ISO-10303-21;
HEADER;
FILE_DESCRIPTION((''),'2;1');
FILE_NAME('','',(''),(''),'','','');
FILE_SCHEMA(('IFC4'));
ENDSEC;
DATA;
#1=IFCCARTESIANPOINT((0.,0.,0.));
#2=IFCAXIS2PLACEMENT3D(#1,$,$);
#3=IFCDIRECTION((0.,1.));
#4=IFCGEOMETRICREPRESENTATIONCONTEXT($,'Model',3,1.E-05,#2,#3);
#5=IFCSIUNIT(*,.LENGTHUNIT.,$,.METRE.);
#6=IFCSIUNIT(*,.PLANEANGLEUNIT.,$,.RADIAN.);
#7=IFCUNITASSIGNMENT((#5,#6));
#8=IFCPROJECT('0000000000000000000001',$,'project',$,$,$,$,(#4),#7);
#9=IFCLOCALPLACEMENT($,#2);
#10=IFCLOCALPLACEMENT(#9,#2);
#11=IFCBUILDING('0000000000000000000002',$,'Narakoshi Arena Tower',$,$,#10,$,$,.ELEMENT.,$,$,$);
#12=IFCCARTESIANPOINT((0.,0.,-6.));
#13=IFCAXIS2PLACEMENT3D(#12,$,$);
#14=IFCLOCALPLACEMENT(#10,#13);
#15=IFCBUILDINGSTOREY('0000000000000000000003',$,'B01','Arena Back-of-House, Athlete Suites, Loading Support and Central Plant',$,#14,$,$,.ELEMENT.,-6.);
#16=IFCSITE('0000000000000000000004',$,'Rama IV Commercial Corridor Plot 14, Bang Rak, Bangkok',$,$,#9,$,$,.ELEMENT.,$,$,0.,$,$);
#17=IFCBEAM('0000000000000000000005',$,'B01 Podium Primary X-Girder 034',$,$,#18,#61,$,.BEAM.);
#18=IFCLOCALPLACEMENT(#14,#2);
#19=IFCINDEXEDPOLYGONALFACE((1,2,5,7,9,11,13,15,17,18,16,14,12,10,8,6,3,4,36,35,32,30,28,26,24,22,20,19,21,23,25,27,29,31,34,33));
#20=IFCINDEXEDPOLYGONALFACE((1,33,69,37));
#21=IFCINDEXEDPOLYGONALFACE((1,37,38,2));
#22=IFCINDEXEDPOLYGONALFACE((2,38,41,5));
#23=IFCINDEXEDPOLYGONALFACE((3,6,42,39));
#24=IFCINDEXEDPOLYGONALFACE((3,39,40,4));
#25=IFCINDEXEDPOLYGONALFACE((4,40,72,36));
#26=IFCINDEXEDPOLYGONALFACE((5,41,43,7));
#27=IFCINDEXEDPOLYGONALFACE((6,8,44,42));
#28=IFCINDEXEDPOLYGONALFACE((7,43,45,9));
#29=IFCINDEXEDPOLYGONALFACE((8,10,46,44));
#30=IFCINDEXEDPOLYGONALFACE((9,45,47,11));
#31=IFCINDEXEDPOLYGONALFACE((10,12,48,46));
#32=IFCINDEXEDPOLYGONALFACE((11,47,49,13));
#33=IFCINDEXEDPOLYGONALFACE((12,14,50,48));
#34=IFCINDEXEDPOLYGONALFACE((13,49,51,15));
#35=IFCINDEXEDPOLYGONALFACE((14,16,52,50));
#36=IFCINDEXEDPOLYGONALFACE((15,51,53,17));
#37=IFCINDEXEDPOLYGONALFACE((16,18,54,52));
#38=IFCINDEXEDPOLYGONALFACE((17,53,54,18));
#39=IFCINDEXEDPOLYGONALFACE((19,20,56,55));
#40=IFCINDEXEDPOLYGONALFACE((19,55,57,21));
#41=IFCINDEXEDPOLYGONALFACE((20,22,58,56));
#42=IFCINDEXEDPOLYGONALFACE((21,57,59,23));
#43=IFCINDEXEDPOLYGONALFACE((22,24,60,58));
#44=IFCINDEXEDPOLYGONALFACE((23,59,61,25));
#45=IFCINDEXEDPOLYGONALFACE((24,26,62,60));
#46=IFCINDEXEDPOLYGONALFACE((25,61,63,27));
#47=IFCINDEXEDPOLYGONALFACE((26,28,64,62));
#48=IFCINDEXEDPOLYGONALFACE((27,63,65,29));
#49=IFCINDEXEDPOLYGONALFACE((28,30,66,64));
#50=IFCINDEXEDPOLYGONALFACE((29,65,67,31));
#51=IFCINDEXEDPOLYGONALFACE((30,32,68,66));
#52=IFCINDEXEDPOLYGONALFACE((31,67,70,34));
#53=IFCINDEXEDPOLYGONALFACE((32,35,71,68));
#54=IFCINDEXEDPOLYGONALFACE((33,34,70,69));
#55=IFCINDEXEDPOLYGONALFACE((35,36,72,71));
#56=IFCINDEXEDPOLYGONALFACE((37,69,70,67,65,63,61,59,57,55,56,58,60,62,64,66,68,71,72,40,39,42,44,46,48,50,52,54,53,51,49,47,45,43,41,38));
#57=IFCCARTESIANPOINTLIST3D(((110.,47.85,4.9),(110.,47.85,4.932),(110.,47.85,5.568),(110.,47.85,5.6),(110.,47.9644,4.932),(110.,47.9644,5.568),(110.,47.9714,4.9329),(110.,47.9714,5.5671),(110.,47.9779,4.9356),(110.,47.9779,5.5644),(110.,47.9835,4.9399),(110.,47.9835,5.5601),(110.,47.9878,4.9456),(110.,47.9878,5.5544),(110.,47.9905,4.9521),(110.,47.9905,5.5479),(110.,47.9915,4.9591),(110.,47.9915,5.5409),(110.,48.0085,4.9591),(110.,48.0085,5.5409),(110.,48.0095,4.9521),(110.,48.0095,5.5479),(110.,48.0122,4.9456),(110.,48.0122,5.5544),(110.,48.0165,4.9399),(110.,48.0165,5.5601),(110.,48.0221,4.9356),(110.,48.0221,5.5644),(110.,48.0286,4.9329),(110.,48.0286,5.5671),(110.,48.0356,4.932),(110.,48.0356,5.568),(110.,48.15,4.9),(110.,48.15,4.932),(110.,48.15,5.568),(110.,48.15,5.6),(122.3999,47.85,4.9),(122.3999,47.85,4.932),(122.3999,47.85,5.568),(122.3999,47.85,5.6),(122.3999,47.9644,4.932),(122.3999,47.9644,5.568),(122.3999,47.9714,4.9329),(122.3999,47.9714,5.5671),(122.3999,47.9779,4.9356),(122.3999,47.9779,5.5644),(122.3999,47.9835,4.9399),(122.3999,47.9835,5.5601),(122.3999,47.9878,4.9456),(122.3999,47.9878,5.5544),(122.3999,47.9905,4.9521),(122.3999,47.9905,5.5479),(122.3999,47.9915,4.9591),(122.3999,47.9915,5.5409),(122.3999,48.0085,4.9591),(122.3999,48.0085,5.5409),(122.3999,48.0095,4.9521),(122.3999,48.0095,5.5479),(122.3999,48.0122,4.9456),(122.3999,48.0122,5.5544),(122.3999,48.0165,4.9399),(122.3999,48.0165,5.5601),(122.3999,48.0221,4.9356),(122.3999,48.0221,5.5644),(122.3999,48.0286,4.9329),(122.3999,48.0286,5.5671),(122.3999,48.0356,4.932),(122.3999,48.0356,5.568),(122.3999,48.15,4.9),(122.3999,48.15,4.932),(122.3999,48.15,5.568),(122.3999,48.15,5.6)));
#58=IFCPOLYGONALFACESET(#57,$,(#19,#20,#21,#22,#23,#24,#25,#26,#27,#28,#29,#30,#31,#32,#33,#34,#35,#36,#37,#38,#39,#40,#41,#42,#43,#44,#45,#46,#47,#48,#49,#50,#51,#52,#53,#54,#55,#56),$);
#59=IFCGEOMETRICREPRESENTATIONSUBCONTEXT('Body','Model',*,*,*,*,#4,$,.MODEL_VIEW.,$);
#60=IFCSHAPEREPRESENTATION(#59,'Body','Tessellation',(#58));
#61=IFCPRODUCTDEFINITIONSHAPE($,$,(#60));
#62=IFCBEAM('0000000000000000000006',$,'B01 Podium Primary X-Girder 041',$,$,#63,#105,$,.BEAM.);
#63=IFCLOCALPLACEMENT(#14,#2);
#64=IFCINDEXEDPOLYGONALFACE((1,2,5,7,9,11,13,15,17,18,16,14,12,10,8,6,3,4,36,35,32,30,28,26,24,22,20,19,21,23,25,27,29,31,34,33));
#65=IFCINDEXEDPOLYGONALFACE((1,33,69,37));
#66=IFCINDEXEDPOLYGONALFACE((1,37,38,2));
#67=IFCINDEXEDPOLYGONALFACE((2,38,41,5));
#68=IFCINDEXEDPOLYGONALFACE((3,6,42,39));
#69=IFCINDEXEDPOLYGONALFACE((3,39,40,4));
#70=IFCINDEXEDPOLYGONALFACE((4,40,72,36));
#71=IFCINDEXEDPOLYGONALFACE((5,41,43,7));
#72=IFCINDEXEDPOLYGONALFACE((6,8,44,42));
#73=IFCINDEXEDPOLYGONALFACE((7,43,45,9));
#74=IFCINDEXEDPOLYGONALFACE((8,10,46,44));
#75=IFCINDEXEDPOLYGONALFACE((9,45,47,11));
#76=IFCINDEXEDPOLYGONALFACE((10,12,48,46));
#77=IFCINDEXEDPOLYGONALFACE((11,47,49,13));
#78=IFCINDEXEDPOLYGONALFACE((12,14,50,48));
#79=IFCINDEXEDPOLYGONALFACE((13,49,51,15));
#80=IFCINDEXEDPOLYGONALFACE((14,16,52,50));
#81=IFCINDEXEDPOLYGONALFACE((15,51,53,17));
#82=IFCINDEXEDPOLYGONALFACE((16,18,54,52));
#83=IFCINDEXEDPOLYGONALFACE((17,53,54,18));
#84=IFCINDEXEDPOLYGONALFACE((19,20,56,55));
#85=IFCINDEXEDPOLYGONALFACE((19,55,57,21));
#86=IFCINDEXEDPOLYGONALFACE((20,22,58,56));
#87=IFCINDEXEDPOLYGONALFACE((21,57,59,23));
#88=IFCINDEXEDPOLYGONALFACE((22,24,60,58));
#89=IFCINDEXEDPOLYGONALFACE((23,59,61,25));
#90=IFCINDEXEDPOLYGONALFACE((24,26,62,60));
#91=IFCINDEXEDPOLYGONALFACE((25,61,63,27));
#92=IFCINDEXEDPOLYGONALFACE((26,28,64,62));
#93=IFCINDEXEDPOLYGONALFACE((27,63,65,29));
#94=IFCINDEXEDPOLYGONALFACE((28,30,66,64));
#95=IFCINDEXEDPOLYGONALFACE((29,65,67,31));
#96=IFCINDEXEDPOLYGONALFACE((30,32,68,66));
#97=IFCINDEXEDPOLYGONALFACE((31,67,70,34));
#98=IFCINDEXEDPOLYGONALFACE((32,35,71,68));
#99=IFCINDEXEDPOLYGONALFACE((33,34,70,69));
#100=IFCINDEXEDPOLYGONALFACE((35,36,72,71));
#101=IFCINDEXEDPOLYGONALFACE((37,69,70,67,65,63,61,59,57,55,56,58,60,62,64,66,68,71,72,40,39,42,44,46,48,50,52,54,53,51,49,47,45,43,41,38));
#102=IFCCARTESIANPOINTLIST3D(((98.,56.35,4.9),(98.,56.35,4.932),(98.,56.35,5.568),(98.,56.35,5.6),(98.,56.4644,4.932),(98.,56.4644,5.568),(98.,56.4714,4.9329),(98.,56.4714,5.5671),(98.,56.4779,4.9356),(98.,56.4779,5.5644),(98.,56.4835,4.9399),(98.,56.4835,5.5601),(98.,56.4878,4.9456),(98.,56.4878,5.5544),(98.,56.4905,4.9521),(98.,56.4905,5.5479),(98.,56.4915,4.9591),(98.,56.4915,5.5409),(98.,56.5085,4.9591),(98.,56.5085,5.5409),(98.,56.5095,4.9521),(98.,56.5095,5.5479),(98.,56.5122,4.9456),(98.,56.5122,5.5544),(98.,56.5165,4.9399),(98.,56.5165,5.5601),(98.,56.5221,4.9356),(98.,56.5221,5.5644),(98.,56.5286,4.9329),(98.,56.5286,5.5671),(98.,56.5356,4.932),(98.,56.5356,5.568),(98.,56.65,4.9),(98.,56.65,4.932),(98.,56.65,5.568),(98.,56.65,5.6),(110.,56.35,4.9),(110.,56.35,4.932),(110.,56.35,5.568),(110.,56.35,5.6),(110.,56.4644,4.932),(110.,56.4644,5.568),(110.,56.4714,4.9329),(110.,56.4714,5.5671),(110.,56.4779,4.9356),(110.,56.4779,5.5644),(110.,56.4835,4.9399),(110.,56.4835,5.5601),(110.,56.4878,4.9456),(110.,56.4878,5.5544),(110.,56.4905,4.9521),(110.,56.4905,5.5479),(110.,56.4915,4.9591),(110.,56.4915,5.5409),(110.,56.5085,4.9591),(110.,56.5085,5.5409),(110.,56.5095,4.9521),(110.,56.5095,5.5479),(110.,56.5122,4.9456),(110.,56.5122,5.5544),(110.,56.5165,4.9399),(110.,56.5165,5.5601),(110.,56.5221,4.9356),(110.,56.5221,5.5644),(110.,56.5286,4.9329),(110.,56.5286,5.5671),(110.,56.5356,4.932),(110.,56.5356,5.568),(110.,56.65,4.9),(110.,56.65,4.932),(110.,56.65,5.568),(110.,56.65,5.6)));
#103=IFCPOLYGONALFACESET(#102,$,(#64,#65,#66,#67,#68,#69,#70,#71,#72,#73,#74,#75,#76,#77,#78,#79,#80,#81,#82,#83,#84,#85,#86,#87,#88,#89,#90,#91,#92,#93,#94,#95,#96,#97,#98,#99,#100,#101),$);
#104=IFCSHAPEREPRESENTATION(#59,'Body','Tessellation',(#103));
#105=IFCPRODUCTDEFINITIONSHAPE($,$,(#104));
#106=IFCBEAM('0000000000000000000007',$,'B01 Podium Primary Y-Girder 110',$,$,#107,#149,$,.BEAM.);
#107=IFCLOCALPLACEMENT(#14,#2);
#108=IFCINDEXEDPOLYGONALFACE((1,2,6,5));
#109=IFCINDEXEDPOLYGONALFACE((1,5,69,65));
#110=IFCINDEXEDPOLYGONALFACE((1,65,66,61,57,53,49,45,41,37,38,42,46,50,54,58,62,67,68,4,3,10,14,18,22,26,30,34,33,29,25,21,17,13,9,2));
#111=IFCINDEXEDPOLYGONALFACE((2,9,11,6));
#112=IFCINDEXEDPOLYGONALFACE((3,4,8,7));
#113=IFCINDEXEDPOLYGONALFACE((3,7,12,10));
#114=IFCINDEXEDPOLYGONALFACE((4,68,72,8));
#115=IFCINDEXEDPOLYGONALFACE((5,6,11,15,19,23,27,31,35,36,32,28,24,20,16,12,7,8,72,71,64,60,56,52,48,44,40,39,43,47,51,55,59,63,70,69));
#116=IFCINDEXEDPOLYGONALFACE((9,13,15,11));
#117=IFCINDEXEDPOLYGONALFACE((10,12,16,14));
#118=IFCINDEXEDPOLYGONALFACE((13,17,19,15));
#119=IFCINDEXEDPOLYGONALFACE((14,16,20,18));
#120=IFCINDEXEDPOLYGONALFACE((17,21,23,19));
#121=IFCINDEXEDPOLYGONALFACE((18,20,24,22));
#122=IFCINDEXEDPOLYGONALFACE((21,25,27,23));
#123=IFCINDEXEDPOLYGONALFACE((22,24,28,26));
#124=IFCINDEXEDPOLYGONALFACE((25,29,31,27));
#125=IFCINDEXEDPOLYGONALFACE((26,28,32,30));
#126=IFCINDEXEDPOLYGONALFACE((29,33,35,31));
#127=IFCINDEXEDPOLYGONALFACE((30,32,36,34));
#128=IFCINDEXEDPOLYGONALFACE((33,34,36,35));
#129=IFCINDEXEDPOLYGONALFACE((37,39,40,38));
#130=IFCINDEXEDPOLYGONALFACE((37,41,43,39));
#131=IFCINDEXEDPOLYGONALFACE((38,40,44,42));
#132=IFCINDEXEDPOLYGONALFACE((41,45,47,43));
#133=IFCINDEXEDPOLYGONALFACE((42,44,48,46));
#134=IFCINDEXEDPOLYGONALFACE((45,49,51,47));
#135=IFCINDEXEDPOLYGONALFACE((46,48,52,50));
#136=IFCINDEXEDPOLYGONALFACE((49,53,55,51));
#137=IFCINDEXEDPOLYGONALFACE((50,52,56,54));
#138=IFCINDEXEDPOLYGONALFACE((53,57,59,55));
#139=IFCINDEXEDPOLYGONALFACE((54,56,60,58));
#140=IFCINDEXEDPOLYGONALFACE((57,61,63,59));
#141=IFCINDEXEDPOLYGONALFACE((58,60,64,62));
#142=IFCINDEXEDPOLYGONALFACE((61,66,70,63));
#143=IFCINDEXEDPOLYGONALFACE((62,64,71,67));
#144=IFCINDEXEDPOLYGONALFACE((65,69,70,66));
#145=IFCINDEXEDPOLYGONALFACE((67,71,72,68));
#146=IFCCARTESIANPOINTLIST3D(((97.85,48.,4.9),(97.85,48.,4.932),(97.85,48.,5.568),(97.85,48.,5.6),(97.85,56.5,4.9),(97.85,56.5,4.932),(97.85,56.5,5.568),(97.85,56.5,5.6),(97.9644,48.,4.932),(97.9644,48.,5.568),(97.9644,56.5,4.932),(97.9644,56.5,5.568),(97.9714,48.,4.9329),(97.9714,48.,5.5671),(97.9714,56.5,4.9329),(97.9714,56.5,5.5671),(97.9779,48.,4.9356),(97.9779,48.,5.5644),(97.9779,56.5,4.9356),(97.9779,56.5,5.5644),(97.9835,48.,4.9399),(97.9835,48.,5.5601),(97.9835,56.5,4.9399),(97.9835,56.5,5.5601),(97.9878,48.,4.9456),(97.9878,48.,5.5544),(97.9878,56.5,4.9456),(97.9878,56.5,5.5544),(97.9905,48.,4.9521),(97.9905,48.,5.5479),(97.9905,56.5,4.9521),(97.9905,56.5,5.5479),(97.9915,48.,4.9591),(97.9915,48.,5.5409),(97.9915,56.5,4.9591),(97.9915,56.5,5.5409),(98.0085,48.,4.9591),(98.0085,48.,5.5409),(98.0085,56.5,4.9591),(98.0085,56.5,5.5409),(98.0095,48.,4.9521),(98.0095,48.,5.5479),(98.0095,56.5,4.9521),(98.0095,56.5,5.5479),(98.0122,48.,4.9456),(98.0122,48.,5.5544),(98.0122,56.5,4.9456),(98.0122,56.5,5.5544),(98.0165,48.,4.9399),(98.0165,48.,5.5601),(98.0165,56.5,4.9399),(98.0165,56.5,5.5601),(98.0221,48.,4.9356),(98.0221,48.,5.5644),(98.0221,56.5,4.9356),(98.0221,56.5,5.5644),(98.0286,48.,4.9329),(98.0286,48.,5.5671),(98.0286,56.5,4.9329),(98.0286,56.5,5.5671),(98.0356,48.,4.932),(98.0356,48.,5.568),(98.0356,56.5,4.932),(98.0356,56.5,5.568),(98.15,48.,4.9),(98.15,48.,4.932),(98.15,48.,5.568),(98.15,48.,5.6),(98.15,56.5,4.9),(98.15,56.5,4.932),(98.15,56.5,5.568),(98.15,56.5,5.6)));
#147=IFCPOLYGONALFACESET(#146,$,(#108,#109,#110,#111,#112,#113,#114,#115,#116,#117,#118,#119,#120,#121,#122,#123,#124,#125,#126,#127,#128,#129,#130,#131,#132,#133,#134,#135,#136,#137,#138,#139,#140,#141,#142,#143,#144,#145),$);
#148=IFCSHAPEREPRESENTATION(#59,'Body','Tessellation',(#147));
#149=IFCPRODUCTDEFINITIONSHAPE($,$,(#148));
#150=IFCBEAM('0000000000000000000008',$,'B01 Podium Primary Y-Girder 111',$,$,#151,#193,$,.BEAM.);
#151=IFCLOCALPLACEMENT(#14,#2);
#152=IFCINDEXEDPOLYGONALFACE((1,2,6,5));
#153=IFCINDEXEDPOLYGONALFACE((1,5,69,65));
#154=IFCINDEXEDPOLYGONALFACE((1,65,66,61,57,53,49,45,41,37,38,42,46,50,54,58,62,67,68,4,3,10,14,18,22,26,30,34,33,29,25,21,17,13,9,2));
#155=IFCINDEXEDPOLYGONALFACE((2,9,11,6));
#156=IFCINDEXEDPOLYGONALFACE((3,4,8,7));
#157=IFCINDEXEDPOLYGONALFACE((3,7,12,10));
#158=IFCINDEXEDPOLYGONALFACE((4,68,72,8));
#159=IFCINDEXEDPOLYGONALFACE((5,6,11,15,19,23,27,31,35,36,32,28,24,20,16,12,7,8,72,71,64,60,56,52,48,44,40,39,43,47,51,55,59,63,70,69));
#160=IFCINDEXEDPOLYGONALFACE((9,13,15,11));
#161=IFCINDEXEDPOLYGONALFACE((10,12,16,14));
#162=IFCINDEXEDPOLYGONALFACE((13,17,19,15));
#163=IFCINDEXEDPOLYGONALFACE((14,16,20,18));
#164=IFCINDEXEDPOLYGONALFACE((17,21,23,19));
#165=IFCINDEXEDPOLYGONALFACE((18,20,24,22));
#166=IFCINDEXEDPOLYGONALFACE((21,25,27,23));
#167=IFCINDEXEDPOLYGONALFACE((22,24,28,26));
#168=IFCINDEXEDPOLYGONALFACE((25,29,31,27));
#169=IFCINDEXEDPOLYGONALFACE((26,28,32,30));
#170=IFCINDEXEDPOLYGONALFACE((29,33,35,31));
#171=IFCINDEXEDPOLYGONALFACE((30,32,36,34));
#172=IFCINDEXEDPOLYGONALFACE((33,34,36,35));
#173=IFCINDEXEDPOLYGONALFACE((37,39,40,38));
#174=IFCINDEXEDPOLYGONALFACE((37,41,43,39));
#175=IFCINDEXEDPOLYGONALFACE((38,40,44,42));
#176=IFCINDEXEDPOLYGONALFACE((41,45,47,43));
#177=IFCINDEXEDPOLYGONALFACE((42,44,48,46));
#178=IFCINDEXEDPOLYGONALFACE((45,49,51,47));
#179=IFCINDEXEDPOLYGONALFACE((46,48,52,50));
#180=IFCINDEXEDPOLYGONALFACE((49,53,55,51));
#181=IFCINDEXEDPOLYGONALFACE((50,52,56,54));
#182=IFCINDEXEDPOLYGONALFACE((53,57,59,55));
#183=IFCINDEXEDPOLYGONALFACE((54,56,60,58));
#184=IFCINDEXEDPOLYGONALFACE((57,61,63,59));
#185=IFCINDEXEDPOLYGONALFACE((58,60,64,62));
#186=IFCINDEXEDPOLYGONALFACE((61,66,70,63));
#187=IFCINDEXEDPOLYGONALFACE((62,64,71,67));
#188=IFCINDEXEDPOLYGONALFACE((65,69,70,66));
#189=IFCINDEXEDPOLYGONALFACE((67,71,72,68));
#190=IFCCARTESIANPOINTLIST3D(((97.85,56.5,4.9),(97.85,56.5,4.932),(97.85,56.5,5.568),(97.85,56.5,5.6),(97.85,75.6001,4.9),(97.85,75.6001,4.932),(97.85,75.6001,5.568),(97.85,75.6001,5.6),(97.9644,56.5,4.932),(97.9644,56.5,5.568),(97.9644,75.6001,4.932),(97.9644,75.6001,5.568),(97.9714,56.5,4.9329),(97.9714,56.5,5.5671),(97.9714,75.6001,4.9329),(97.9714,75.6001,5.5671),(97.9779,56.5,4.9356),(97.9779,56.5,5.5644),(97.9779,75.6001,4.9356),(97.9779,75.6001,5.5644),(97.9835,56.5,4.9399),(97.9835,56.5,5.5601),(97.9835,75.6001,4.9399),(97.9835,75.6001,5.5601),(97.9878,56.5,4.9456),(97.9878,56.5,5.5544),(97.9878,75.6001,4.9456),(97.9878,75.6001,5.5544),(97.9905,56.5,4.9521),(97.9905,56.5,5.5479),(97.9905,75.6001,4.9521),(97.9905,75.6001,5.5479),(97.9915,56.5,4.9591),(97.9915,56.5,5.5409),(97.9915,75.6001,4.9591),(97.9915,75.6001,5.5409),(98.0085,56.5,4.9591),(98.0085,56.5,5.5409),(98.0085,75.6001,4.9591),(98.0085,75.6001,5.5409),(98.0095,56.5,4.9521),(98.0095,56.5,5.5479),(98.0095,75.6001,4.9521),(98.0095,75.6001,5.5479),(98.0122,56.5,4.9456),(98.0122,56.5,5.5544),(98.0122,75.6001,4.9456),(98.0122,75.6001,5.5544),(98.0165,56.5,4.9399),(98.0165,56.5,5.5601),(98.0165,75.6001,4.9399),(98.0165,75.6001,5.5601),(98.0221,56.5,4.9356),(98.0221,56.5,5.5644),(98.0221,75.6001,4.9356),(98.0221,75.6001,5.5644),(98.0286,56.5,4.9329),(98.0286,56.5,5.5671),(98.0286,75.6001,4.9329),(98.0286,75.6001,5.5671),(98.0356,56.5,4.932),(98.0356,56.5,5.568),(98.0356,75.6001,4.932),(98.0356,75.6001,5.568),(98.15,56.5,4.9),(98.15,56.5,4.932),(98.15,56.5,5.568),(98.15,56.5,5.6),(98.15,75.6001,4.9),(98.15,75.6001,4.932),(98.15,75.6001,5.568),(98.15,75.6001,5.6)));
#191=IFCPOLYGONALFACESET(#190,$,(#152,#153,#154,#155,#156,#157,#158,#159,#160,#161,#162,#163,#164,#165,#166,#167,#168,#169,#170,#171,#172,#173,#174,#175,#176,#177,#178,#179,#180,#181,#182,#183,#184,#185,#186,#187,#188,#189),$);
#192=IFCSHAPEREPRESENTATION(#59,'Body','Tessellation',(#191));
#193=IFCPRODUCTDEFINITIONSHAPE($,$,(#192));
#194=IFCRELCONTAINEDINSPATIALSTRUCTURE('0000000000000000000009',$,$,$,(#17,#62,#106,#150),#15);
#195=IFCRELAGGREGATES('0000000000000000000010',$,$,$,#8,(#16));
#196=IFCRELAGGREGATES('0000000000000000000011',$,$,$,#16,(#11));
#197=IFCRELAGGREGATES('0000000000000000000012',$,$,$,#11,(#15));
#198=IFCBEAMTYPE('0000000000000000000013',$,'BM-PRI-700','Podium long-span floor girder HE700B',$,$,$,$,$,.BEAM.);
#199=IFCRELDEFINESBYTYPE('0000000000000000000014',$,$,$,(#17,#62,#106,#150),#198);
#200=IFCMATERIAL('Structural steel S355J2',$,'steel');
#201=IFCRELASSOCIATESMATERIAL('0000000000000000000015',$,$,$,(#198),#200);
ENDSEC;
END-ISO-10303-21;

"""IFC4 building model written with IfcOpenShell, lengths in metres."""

from ifc_helpers import new_model, si_unit, direction, frame, origin, origin_2d, place, context, subcontext, project, spatial, i_section, extrude, material, material_profile, profile_set, type_object, element, save


model = new_model("IFC4")

# Units and contexts
model_context = context("Model", 3, precision=1e-05, world=origin(), true_north=direction((0.0, 1.0)))
body_context = subcontext(model_context, "Body", "Model", "MODEL_VIEW")
ifc_project = project(units=[si_unit("LENGTHUNIT", "METRE"), si_unit("PLANEANGLEUNIT", "RADIAN")], contexts=[model_context])

# Site, building, storey
site_placement = place(None, origin())
site = spatial("IfcSite", under=ifc_project, at=site_placement, Name="Rama IV Commercial Corridor Plot 14, Bang Rak, Bangkok", CompositionType="ELEMENT", RefElevation=0.0)
building_placement = place(site_placement, origin())
building = spatial("IfcBuilding", under=site, at=building_placement, Name="Narakoshi Arena Tower", CompositionType="ELEMENT")
storey_placement = place(building_placement, frame((0.0, 0.0, -6.0)))
storey = spatial("IfcBuildingStorey", under=building, at=storey_placement, Name="B01", Description="Arena Back-of-House, Athlete Suites, Loading Support and Central Plant", CompositionType="ELEMENT", Elevation=-6.0)

# Beams
ifc_material_1 = material(Name="Structural steel S355J2", Category="steel")
ifc_material_profile_1 = material_profile(ifc_material_1, i_section(OverallWidth=0.3, OverallDepth=0.7, WebThickness=0.0171, FlangeThickness=0.032, FilletRadius=0.0271, at=origin_2d()), Name="HE700B")
ifc_profile_set_1 = profile_set([ifc_material_profile_1], Name="Structural steel S355J2")
beam_type_1 = type_object("IfcBeamType", Name="BM-PRI-700", Description="Podium long-span floor girder HE700B", PredefinedType="BEAM", material=ifc_profile_set_1)
beam_1_placement = place(storey_placement, frame((110.0, 48.0, 5.25), z_axis=(1.0, 0.0, 0.0), x_axis=(0.0, 1.0, 0.0)))
element("IfcBeam", 1, at=beam_1_placement, inside=storey, type_object=beam_type_1, Name="B01 Podium Primary X-Girder 034", PredefinedType="BEAM", context=body_context, shape_type="SweptSolid", body=[
    extrude(i_section(OverallWidth=0.3, OverallDepth=0.7, WebThickness=0.0171, FlangeThickness=0.032, FilletRadius=0.0271, at=origin_2d()), origin(), (0.0, 0.0, 1.0), 12.3999),
])
beam_2_placement = place(storey_placement, frame((98.0, 56.5, 5.25), z_axis=(1.0, 0.0, 0.0), x_axis=(0.0, 1.0, 0.0)))
element("IfcBeam", 2, at=beam_2_placement, inside=storey, type_object=beam_type_1, Name="B01 Podium Primary X-Girder 041", PredefinedType="BEAM", context=body_context, shape_type="SweptSolid", body=[
    extrude(i_section(OverallWidth=0.3, OverallDepth=0.7, WebThickness=0.0171, FlangeThickness=0.032, FilletRadius=0.0271, at=origin_2d()), origin(), (0.0, 0.0, 1.0), 12.0),
])
beam_3_placement = place(storey_placement, frame((98.0, 48.0, 5.25), z_axis=(0.0, 1.0, 0.0), x_axis=(-1.0, 0.0, 0.0)))
element("IfcBeam", 3, at=beam_3_placement, inside=storey, type_object=beam_type_1, Name="B01 Podium Primary Y-Girder 110", PredefinedType="BEAM", context=body_context, shape_type="SweptSolid", body=[
    extrude(i_section(OverallWidth=0.3, OverallDepth=0.7, WebThickness=0.0171, FlangeThickness=0.032, FilletRadius=0.0271, at=origin_2d()), origin(), (0.0, 0.0, 1.0), 8.5),
])
beam_4_placement = place(storey_placement, frame((98.0, 56.5, 5.25), z_axis=(0.0, 1.0, 0.0), x_axis=(-1.0, 0.0, 0.0)))
element("IfcBeam", 4, at=beam_4_placement, inside=storey, type_object=beam_type_1, Name="B01 Podium Primary Y-Girder 111", PredefinedType="BEAM", context=body_context, shape_type="SweptSolid", body=[
    extrude(i_section(OverallWidth=0.3, OverallDepth=0.7, WebThickness=0.0171, FlangeThickness=0.032, FilletRadius=0.0271, at=origin_2d()), origin(), (0.0, 0.0, 1.0), 19.1001),
])

save(model, "model.ifc")
